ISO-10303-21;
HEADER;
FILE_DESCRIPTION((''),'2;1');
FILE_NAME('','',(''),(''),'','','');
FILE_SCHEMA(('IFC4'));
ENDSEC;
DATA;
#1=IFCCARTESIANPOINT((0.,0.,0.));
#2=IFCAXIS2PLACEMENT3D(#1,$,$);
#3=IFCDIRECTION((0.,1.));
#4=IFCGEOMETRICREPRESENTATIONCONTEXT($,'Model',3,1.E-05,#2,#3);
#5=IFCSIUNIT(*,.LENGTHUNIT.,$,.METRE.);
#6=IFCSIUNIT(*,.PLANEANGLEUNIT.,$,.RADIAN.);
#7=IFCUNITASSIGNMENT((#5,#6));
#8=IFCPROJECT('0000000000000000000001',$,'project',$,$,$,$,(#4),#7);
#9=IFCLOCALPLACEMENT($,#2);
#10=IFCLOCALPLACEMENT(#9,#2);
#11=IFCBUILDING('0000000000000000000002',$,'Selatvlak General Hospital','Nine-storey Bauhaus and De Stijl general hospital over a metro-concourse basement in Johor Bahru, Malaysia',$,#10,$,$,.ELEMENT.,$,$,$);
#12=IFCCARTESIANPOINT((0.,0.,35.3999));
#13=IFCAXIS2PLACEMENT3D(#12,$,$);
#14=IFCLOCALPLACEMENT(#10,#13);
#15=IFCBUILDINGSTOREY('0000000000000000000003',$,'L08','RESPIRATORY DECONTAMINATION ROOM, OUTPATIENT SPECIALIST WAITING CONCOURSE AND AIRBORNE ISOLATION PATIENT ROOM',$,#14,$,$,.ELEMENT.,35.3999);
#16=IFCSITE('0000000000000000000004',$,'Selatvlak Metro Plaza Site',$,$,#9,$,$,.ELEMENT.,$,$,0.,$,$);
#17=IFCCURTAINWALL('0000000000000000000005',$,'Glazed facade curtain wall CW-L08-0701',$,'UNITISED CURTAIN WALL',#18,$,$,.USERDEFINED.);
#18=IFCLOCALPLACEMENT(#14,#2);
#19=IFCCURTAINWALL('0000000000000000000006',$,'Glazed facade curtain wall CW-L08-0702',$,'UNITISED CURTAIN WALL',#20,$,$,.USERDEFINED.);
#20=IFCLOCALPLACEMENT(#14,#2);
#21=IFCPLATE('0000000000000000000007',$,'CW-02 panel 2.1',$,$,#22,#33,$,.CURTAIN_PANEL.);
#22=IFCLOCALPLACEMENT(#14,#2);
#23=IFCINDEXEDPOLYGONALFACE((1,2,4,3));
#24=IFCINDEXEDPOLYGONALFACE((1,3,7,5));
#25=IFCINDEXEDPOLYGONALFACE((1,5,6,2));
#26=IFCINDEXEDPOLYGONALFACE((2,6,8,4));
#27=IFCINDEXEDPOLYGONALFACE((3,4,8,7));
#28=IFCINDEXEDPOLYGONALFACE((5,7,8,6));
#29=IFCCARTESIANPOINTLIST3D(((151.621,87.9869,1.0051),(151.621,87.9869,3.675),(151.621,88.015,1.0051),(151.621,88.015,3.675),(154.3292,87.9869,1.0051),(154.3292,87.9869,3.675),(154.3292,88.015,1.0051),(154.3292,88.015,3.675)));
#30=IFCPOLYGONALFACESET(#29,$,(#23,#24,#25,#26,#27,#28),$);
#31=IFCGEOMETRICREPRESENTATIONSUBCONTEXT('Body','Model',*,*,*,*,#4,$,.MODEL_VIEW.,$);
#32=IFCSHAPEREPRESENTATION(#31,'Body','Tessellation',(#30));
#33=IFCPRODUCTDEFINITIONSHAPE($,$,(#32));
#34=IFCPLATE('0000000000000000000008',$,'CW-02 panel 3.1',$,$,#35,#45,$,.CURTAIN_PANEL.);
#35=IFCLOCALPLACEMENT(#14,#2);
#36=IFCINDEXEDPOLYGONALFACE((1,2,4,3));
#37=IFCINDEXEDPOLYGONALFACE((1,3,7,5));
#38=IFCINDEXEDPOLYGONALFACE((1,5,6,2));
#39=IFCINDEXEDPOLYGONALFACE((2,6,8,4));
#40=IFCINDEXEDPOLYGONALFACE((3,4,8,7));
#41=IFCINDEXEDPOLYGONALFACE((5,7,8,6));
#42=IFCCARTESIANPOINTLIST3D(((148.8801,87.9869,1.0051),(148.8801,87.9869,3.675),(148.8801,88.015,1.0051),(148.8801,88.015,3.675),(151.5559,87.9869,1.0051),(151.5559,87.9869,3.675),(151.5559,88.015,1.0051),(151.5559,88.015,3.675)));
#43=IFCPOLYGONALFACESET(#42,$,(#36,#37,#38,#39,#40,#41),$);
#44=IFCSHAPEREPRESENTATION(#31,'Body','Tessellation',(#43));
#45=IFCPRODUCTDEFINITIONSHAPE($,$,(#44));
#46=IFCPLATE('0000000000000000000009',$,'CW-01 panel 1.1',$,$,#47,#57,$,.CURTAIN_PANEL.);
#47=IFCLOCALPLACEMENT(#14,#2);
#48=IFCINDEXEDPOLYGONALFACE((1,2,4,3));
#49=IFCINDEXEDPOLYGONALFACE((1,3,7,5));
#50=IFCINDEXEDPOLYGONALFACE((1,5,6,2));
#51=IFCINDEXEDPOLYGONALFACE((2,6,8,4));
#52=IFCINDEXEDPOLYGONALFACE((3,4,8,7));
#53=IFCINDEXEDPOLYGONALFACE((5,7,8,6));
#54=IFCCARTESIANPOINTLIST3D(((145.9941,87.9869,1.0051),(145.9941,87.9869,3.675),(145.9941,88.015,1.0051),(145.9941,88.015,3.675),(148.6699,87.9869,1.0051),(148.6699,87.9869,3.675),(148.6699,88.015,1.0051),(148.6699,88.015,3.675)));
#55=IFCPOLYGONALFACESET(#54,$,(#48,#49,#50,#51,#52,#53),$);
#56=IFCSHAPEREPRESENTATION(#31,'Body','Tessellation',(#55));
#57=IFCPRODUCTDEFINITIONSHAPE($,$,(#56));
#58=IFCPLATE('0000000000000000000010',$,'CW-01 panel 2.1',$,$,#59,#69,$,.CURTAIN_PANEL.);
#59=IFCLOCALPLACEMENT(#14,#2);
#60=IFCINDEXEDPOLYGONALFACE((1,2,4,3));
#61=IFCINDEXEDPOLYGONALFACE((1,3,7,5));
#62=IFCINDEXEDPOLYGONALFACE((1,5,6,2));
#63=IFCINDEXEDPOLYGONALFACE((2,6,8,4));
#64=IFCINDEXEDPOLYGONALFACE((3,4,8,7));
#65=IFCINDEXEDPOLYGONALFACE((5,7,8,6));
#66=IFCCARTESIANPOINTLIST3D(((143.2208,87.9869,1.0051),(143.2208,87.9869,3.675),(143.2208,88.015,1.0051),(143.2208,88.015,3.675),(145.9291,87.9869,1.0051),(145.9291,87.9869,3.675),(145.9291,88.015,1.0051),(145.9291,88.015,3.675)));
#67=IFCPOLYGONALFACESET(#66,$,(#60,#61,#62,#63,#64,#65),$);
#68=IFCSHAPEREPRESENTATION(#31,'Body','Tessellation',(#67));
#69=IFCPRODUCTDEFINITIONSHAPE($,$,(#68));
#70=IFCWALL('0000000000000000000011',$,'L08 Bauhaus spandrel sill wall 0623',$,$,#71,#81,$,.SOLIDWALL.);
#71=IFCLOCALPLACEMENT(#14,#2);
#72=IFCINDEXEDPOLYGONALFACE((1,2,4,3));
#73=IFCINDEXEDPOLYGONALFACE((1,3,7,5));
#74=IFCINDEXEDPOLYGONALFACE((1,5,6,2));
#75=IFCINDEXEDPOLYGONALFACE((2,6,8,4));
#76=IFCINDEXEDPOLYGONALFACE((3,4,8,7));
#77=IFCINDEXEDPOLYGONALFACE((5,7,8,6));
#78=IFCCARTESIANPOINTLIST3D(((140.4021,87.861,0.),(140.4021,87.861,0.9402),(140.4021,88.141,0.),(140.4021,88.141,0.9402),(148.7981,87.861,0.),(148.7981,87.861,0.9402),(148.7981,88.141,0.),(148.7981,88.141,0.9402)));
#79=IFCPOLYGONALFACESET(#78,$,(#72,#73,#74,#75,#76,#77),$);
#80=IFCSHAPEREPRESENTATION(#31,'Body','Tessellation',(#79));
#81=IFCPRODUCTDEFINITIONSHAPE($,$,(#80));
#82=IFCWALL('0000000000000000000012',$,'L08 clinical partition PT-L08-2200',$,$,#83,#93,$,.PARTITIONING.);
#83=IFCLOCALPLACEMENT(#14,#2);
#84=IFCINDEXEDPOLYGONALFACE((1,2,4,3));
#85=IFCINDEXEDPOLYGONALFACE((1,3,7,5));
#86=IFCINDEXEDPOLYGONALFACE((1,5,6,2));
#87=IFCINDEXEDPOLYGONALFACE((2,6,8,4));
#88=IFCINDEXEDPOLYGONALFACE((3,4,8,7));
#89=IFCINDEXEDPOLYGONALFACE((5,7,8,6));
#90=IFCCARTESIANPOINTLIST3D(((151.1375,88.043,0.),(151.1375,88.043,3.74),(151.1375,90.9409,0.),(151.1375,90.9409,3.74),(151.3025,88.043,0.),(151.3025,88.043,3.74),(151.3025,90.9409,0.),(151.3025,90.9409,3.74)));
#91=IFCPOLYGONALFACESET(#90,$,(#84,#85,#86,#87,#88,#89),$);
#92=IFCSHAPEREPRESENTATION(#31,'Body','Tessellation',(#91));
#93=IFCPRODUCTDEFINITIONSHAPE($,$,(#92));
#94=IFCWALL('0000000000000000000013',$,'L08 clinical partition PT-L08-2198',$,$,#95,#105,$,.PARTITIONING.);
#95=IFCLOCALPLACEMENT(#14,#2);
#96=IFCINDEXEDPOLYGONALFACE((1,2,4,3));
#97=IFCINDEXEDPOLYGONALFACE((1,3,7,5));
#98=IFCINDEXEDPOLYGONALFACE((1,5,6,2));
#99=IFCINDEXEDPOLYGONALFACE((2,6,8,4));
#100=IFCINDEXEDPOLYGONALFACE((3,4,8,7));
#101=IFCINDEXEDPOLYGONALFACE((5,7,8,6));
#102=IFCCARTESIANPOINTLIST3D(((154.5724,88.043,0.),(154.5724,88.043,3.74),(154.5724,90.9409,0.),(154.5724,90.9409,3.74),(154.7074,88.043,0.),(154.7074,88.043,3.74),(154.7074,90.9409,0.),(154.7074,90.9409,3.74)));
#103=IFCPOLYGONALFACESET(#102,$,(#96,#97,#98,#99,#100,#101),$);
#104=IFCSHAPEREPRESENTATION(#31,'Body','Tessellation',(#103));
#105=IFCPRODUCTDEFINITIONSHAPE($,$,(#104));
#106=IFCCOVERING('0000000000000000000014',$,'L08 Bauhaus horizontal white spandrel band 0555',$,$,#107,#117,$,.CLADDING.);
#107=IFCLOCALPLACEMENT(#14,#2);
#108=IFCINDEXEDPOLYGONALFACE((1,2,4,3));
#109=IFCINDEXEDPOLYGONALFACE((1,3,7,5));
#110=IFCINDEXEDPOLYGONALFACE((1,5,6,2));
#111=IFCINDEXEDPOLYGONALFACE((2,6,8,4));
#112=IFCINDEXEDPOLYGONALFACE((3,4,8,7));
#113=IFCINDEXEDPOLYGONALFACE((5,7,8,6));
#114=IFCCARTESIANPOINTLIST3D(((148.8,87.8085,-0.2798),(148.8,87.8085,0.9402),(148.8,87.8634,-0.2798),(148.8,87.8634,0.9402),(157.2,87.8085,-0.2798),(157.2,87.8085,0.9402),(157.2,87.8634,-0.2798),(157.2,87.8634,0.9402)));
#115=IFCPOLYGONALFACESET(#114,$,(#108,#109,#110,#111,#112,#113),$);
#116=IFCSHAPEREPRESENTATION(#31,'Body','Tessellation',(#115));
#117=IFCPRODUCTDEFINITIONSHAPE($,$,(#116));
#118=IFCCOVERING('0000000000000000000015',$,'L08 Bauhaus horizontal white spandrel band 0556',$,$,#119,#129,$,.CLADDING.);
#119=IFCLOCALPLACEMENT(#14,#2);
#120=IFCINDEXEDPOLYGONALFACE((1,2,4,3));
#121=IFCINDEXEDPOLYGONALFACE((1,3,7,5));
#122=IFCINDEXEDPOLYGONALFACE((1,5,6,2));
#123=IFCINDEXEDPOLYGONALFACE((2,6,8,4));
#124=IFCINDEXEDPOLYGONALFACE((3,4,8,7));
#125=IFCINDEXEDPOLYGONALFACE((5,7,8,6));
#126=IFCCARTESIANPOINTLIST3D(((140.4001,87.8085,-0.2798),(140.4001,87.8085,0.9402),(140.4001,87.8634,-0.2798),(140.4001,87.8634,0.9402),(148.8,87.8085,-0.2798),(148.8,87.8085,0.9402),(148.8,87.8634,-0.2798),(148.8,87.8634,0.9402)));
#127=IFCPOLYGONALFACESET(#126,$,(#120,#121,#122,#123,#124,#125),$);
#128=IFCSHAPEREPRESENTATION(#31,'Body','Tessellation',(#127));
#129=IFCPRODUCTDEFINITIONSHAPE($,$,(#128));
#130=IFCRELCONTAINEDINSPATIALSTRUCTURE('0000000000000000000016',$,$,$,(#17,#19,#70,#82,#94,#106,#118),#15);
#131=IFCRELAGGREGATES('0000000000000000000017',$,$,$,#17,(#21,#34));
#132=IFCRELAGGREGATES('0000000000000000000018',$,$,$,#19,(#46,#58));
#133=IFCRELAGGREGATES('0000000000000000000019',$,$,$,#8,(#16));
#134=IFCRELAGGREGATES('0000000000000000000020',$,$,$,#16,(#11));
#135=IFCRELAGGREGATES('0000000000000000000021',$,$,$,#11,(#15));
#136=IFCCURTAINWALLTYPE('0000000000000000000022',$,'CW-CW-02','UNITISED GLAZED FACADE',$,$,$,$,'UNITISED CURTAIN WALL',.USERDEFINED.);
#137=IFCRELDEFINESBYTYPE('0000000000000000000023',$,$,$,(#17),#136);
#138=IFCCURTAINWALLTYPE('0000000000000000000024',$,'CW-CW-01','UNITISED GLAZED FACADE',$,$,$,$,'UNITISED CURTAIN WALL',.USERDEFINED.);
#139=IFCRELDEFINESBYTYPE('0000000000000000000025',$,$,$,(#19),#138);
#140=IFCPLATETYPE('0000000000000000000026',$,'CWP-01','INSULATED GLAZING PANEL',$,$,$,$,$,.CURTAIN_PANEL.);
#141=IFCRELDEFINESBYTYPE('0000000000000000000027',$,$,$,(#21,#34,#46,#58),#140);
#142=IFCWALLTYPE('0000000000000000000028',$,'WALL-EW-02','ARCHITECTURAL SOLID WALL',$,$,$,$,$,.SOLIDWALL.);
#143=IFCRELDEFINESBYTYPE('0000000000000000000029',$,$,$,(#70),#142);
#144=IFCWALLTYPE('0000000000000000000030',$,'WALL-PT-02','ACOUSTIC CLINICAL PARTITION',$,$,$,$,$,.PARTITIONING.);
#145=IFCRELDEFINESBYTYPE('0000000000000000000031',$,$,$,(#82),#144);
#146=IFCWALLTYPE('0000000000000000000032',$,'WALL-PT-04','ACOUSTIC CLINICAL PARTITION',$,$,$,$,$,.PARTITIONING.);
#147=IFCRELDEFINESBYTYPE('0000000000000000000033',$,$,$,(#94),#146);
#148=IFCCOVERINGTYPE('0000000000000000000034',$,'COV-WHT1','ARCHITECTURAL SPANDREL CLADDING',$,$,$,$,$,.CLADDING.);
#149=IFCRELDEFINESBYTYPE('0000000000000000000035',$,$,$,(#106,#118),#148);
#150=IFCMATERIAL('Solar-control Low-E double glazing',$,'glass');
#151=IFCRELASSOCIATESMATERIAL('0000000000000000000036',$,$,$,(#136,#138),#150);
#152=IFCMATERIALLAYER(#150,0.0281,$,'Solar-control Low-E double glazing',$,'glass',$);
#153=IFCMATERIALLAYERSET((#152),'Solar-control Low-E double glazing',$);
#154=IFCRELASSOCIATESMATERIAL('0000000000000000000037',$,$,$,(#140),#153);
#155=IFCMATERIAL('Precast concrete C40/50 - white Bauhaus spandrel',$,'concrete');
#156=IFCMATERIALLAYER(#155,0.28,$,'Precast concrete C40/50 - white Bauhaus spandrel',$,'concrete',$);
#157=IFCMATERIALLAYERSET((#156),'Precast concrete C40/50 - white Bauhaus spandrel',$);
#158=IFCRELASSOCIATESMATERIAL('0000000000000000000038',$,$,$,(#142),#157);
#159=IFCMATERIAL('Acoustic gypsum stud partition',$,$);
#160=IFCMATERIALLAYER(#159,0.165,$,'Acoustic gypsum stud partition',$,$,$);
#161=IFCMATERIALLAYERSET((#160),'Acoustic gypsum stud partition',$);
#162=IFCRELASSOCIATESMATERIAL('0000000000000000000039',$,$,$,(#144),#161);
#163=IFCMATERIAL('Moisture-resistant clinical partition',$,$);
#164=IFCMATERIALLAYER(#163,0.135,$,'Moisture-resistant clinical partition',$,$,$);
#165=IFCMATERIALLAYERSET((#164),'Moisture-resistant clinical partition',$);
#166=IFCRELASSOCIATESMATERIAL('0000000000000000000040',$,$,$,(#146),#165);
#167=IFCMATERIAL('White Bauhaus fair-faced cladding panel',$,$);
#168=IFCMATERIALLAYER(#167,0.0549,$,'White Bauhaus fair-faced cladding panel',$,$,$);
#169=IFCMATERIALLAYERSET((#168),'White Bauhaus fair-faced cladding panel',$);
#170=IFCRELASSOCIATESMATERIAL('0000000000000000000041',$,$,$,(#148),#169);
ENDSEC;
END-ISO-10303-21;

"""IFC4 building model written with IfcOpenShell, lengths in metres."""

from ifc_helpers import new_model, si_unit, direction, frame, frame_2d, origin, origin_2d, place, context, subcontext, project, spatial, rectangle, extrude, material, layer, layer_set, type_object, element, aggregate, save


model = new_model("IFC4")

# Units and contexts
model_context = context("Model", 3, precision=1e-05, world=origin(), true_north=direction((0.0, 1.0)))
body_context = subcontext(model_context, "Body", "Model", "MODEL_VIEW")
ifc_project = project(units=[si_unit("LENGTHUNIT", "METRE"), si_unit("PLANEANGLEUNIT", "RADIAN")], contexts=[model_context])

# Site, building, storey
site_placement = place(None, origin())
site = spatial("IfcSite", under=ifc_project, at=site_placement, Name="Selatvlak Metro Plaza Site", CompositionType="ELEMENT", RefElevation=0.0)
building_placement = place(site_placement, origin())
building = spatial("IfcBuilding", under=site, at=building_placement, Name="Selatvlak General Hospital", Description="Nine-storey Bauhaus and De Stijl general hospital over a metro-concourse basement in Johor Bahru, Malaysia", CompositionType="ELEMENT")
storey_placement = place(building_placement, frame((0.0, 0.0, 35.3999)))
storey = spatial("IfcBuildingStorey", under=building, at=storey_placement, Name="L08", Description="RESPIRATORY DECONTAMINATION ROOM, OUTPATIENT SPECIALIST WAITING CONCOURSE AND AIRBORNE ISOLATION PATIENT ROOM", CompositionType="ELEMENT", Elevation=35.3999)

# Curtain walls
ifc_material_1 = material(Name="Solar-control Low-E double glazing", Category="glass")
curtain_wall_type_1 = type_object("IfcCurtainWallType", Name="CW-CW-02", Description="UNITISED GLAZED FACADE", ElementType="UNITISED CURTAIN WALL", PredefinedType="USERDEFINED", material=ifc_material_1)
curtain_wall_1_placement = place(storey_placement, origin())
curtain_wall_1 = element("IfcCurtainWall", 1, at=curtain_wall_1_placement, inside=storey, type_object=curtain_wall_type_1, Name="Glazed facade curtain wall CW-L08-0701", ObjectType="UNITISED CURTAIN WALL", PredefinedType="USERDEFINED")
curtain_wall_type_2 = type_object("IfcCurtainWallType", Name="CW-CW-01", Description="UNITISED GLAZED FACADE", ElementType="UNITISED CURTAIN WALL", PredefinedType="USERDEFINED", material=ifc_material_1)
curtain_wall_2_placement = place(storey_placement, origin())
curtain_wall_2 = element("IfcCurtainWall", 2, at=curtain_wall_2_placement, inside=storey, type_object=curtain_wall_type_2, Name="Glazed facade curtain wall CW-L08-0702", ObjectType="UNITISED CURTAIN WALL", PredefinedType="USERDEFINED")

# Plates
ifc_layer_1 = layer(ifc_material_1, 0.0281, Name="Solar-control Low-E double glazing", Category="glass")
ifc_layer_set_1 = layer_set([ifc_layer_1], Name="Solar-control Low-E double glazing")
plate_type = type_object("IfcPlateType", Name="CWP-01", Description="INSULATED GLAZING PANEL", PredefinedType="CURTAIN_PANEL", material=ifc_layer_set_1)
plate_1_placement = place(storey_placement, frame((152.9751, 88.001, 1.0051), z_axis=(0.0, 0.0, 1.0), x_axis=(-1.0, 0.0, 0.0)))
plate_1 = element("IfcPlate", 3, at=plate_1_placement, type_object=plate_type, Name="CW-02 panel 2.1", PredefinedType="CURTAIN_PANEL", context=body_context, shape_type="SweptSolid", body=[
    extrude(rectangle(XDim=2.7083, YDim=0.0281, at=origin_2d()), origin(), (0.0, 0.0, 1.0), 2.6699),
])
plate_2_placement = place(storey_placement, frame((150.218, 88.001, 1.0051), z_axis=(0.0, 0.0, 1.0), x_axis=(-1.0, 0.0, 0.0)))
plate_2 = element("IfcPlate", 4, at=plate_2_placement, type_object=plate_type, Name="CW-02 panel 3.1", PredefinedType="CURTAIN_PANEL", context=body_context, shape_type="SweptSolid", body=[
    extrude(rectangle(XDim=2.6758, YDim=0.0281, at=origin_2d()), origin(), (0.0, 0.0, 1.0), 2.6699),
])
aggregate(curtain_wall_1, [plate_1, plate_2])
plate_3_placement = place(storey_placement, frame((147.332, 88.001, 1.0051), z_axis=(0.0, 0.0, 1.0), x_axis=(-1.0, 0.0, 0.0)))
plate_3 = element("IfcPlate", 5, at=plate_3_placement, type_object=plate_type, Name="CW-01 panel 1.1", PredefinedType="CURTAIN_PANEL", context=body_context, shape_type="SweptSolid", body=[
    extrude(rectangle(XDim=2.6758, YDim=0.0281, at=origin_2d()), origin(), (0.0, 0.0, 1.0), 2.6699),
])
plate_4_placement = place(storey_placement, frame((144.575, 88.001, 1.0051), z_axis=(0.0, 0.0, 1.0), x_axis=(-1.0, 0.0, 0.0)))
plate_4 = element("IfcPlate", 6, at=plate_4_placement, type_object=plate_type, Name="CW-01 panel 2.1", PredefinedType="CURTAIN_PANEL", context=body_context, shape_type="SweptSolid", body=[
    extrude(rectangle(XDim=2.7083, YDim=0.0281, at=origin_2d()), origin(), (0.0, 0.0, 1.0), 2.6699),
])
aggregate(curtain_wall_2, [plate_3, plate_4])

# Wall
ifc_material_2 = material(Name="Precast concrete C40/50 - white Bauhaus spandrel", Category="concrete")
ifc_layer_2 = layer(ifc_material_2, 0.28, Name="Precast concrete C40/50 - white Bauhaus spandrel", Category="concrete")
ifc_layer_set_2 = layer_set([ifc_layer_2], Name="Precast concrete C40/50 - white Bauhaus spandrel")
wall_type_1 = type_object("IfcWallType", Name="WALL-EW-02", Description="ARCHITECTURAL SOLID WALL", PredefinedType="SOLIDWALL", material=ifc_layer_set_2)
wall_1_placement = place(storey_placement, frame((148.7981, 88.001, 0.0), z_axis=(0.0, 0.0, 1.0), x_axis=(-1.0, 0.0, 0.0)))
element("IfcWall", 7, at=wall_1_placement, inside=storey, type_object=wall_type_1, Name="L08 Bauhaus spandrel sill wall 0623", PredefinedType="SOLIDWALL", context=body_context, shape_type="SweptSolid", body=[
    extrude(rectangle(XDim=8.396, YDim=0.28, at=frame_2d((4.198, 0.0))), origin(), (0.0, 0.0, 1.0), 0.9402),
])

# Shared definitions
ifc_material_3 = material(Name="Acoustic gypsum stud partition")

# Walls
ifc_layer_3 = layer(ifc_material_3, 0.165, Name="Acoustic gypsum stud partition")
ifc_layer_set_3 = layer_set([ifc_layer_3], Name="Acoustic gypsum stud partition")
wall_type_2 = type_object("IfcWallType", Name="WALL-PT-02", Description="ACOUSTIC CLINICAL PARTITION", PredefinedType="PARTITIONING", material=ifc_layer_set_3)
wall_2_placement = place(storey_placement, frame((151.22, 90.9409, 0.0), z_axis=(0.0, 0.0, 1.0), x_axis=(0.0, -1.0, 0.0)))
element("IfcWall", 8, at=wall_2_placement, inside=storey, type_object=wall_type_2, Name="L08 clinical partition PT-L08-2200", PredefinedType="PARTITIONING", context=body_context, shape_type="SweptSolid", body=[
    extrude(rectangle(XDim=2.8979, YDim=0.165, at=frame_2d((1.449, 0.0))), origin(), (0.0, 0.0, 1.0), 3.74),
])
ifc_material_4 = material(Name="Moisture-resistant clinical partition")
ifc_layer_4 = layer(ifc_material_4, 0.135, Name="Moisture-resistant clinical partition")
ifc_layer_set_4 = layer_set([ifc_layer_4], Name="Moisture-resistant clinical partition")
wall_type_3 = type_object("IfcWallType", Name="WALL-PT-04", Description="ACOUSTIC CLINICAL PARTITION", PredefinedType="PARTITIONING", material=ifc_layer_set_4)
wall_3_placement = place(storey_placement, frame((154.6399, 88.043, 0.0), z_axis=(0.0, 0.0, 1.0), x_axis=(0.0, 1.0, 0.0)))
element("IfcWall", 9, at=wall_3_placement, inside=storey, type_object=wall_type_3, Name="L08 clinical partition PT-L08-2198", PredefinedType="PARTITIONING", context=body_context, shape_type="SweptSolid", body=[
    extrude(rectangle(XDim=2.8979, YDim=0.135, at=frame_2d((1.449, 0.0))), origin(), (0.0, 0.0, 1.0), 3.74),
])

# Coverings
ifc_material_5 = material(Name="White Bauhaus fair-faced cladding panel")
ifc_layer_5 = layer(ifc_material_5, 0.0549, Name="White Bauhaus fair-faced cladding panel")
ifc_layer_set_5 = layer_set([ifc_layer_5], Name="White Bauhaus fair-faced cladding panel")
covering_type = type_object("IfcCoveringType", Name="COV-WHT1", Description="ARCHITECTURAL SPANDREL CLADDING", PredefinedType="CLADDING", material=ifc_layer_set_5)
for number, where, z_axis, x_axis, name in (
    (10, (153.0, 87.8359, -0.2798), (0.0, 0.0, 1.0), (-1.0, 0.0, 0.0), "L08 Bauhaus horizontal white spandrel band 0555"),
    (11, (144.6001, 87.8359, -0.2798), (0.0, 0.0, 1.0), (-1.0, 0.0, 0.0), "L08 Bauhaus horizontal white spandrel band 0556"),
):
    element("IfcCovering", number, at=place(storey_placement, frame(where, z_axis=z_axis, x_axis=x_axis)), inside=storey, type_object=covering_type, Name=name, PredefinedType="CLADDING", context=body_context, shape_type="SweptSolid", body=[
        extrude(rectangle(XDim=8.3999, YDim=0.0549, at=origin_2d()), origin(), (0.0, 0.0, 1.0), 1.22),
    ])

save(model, "model.ifc")
